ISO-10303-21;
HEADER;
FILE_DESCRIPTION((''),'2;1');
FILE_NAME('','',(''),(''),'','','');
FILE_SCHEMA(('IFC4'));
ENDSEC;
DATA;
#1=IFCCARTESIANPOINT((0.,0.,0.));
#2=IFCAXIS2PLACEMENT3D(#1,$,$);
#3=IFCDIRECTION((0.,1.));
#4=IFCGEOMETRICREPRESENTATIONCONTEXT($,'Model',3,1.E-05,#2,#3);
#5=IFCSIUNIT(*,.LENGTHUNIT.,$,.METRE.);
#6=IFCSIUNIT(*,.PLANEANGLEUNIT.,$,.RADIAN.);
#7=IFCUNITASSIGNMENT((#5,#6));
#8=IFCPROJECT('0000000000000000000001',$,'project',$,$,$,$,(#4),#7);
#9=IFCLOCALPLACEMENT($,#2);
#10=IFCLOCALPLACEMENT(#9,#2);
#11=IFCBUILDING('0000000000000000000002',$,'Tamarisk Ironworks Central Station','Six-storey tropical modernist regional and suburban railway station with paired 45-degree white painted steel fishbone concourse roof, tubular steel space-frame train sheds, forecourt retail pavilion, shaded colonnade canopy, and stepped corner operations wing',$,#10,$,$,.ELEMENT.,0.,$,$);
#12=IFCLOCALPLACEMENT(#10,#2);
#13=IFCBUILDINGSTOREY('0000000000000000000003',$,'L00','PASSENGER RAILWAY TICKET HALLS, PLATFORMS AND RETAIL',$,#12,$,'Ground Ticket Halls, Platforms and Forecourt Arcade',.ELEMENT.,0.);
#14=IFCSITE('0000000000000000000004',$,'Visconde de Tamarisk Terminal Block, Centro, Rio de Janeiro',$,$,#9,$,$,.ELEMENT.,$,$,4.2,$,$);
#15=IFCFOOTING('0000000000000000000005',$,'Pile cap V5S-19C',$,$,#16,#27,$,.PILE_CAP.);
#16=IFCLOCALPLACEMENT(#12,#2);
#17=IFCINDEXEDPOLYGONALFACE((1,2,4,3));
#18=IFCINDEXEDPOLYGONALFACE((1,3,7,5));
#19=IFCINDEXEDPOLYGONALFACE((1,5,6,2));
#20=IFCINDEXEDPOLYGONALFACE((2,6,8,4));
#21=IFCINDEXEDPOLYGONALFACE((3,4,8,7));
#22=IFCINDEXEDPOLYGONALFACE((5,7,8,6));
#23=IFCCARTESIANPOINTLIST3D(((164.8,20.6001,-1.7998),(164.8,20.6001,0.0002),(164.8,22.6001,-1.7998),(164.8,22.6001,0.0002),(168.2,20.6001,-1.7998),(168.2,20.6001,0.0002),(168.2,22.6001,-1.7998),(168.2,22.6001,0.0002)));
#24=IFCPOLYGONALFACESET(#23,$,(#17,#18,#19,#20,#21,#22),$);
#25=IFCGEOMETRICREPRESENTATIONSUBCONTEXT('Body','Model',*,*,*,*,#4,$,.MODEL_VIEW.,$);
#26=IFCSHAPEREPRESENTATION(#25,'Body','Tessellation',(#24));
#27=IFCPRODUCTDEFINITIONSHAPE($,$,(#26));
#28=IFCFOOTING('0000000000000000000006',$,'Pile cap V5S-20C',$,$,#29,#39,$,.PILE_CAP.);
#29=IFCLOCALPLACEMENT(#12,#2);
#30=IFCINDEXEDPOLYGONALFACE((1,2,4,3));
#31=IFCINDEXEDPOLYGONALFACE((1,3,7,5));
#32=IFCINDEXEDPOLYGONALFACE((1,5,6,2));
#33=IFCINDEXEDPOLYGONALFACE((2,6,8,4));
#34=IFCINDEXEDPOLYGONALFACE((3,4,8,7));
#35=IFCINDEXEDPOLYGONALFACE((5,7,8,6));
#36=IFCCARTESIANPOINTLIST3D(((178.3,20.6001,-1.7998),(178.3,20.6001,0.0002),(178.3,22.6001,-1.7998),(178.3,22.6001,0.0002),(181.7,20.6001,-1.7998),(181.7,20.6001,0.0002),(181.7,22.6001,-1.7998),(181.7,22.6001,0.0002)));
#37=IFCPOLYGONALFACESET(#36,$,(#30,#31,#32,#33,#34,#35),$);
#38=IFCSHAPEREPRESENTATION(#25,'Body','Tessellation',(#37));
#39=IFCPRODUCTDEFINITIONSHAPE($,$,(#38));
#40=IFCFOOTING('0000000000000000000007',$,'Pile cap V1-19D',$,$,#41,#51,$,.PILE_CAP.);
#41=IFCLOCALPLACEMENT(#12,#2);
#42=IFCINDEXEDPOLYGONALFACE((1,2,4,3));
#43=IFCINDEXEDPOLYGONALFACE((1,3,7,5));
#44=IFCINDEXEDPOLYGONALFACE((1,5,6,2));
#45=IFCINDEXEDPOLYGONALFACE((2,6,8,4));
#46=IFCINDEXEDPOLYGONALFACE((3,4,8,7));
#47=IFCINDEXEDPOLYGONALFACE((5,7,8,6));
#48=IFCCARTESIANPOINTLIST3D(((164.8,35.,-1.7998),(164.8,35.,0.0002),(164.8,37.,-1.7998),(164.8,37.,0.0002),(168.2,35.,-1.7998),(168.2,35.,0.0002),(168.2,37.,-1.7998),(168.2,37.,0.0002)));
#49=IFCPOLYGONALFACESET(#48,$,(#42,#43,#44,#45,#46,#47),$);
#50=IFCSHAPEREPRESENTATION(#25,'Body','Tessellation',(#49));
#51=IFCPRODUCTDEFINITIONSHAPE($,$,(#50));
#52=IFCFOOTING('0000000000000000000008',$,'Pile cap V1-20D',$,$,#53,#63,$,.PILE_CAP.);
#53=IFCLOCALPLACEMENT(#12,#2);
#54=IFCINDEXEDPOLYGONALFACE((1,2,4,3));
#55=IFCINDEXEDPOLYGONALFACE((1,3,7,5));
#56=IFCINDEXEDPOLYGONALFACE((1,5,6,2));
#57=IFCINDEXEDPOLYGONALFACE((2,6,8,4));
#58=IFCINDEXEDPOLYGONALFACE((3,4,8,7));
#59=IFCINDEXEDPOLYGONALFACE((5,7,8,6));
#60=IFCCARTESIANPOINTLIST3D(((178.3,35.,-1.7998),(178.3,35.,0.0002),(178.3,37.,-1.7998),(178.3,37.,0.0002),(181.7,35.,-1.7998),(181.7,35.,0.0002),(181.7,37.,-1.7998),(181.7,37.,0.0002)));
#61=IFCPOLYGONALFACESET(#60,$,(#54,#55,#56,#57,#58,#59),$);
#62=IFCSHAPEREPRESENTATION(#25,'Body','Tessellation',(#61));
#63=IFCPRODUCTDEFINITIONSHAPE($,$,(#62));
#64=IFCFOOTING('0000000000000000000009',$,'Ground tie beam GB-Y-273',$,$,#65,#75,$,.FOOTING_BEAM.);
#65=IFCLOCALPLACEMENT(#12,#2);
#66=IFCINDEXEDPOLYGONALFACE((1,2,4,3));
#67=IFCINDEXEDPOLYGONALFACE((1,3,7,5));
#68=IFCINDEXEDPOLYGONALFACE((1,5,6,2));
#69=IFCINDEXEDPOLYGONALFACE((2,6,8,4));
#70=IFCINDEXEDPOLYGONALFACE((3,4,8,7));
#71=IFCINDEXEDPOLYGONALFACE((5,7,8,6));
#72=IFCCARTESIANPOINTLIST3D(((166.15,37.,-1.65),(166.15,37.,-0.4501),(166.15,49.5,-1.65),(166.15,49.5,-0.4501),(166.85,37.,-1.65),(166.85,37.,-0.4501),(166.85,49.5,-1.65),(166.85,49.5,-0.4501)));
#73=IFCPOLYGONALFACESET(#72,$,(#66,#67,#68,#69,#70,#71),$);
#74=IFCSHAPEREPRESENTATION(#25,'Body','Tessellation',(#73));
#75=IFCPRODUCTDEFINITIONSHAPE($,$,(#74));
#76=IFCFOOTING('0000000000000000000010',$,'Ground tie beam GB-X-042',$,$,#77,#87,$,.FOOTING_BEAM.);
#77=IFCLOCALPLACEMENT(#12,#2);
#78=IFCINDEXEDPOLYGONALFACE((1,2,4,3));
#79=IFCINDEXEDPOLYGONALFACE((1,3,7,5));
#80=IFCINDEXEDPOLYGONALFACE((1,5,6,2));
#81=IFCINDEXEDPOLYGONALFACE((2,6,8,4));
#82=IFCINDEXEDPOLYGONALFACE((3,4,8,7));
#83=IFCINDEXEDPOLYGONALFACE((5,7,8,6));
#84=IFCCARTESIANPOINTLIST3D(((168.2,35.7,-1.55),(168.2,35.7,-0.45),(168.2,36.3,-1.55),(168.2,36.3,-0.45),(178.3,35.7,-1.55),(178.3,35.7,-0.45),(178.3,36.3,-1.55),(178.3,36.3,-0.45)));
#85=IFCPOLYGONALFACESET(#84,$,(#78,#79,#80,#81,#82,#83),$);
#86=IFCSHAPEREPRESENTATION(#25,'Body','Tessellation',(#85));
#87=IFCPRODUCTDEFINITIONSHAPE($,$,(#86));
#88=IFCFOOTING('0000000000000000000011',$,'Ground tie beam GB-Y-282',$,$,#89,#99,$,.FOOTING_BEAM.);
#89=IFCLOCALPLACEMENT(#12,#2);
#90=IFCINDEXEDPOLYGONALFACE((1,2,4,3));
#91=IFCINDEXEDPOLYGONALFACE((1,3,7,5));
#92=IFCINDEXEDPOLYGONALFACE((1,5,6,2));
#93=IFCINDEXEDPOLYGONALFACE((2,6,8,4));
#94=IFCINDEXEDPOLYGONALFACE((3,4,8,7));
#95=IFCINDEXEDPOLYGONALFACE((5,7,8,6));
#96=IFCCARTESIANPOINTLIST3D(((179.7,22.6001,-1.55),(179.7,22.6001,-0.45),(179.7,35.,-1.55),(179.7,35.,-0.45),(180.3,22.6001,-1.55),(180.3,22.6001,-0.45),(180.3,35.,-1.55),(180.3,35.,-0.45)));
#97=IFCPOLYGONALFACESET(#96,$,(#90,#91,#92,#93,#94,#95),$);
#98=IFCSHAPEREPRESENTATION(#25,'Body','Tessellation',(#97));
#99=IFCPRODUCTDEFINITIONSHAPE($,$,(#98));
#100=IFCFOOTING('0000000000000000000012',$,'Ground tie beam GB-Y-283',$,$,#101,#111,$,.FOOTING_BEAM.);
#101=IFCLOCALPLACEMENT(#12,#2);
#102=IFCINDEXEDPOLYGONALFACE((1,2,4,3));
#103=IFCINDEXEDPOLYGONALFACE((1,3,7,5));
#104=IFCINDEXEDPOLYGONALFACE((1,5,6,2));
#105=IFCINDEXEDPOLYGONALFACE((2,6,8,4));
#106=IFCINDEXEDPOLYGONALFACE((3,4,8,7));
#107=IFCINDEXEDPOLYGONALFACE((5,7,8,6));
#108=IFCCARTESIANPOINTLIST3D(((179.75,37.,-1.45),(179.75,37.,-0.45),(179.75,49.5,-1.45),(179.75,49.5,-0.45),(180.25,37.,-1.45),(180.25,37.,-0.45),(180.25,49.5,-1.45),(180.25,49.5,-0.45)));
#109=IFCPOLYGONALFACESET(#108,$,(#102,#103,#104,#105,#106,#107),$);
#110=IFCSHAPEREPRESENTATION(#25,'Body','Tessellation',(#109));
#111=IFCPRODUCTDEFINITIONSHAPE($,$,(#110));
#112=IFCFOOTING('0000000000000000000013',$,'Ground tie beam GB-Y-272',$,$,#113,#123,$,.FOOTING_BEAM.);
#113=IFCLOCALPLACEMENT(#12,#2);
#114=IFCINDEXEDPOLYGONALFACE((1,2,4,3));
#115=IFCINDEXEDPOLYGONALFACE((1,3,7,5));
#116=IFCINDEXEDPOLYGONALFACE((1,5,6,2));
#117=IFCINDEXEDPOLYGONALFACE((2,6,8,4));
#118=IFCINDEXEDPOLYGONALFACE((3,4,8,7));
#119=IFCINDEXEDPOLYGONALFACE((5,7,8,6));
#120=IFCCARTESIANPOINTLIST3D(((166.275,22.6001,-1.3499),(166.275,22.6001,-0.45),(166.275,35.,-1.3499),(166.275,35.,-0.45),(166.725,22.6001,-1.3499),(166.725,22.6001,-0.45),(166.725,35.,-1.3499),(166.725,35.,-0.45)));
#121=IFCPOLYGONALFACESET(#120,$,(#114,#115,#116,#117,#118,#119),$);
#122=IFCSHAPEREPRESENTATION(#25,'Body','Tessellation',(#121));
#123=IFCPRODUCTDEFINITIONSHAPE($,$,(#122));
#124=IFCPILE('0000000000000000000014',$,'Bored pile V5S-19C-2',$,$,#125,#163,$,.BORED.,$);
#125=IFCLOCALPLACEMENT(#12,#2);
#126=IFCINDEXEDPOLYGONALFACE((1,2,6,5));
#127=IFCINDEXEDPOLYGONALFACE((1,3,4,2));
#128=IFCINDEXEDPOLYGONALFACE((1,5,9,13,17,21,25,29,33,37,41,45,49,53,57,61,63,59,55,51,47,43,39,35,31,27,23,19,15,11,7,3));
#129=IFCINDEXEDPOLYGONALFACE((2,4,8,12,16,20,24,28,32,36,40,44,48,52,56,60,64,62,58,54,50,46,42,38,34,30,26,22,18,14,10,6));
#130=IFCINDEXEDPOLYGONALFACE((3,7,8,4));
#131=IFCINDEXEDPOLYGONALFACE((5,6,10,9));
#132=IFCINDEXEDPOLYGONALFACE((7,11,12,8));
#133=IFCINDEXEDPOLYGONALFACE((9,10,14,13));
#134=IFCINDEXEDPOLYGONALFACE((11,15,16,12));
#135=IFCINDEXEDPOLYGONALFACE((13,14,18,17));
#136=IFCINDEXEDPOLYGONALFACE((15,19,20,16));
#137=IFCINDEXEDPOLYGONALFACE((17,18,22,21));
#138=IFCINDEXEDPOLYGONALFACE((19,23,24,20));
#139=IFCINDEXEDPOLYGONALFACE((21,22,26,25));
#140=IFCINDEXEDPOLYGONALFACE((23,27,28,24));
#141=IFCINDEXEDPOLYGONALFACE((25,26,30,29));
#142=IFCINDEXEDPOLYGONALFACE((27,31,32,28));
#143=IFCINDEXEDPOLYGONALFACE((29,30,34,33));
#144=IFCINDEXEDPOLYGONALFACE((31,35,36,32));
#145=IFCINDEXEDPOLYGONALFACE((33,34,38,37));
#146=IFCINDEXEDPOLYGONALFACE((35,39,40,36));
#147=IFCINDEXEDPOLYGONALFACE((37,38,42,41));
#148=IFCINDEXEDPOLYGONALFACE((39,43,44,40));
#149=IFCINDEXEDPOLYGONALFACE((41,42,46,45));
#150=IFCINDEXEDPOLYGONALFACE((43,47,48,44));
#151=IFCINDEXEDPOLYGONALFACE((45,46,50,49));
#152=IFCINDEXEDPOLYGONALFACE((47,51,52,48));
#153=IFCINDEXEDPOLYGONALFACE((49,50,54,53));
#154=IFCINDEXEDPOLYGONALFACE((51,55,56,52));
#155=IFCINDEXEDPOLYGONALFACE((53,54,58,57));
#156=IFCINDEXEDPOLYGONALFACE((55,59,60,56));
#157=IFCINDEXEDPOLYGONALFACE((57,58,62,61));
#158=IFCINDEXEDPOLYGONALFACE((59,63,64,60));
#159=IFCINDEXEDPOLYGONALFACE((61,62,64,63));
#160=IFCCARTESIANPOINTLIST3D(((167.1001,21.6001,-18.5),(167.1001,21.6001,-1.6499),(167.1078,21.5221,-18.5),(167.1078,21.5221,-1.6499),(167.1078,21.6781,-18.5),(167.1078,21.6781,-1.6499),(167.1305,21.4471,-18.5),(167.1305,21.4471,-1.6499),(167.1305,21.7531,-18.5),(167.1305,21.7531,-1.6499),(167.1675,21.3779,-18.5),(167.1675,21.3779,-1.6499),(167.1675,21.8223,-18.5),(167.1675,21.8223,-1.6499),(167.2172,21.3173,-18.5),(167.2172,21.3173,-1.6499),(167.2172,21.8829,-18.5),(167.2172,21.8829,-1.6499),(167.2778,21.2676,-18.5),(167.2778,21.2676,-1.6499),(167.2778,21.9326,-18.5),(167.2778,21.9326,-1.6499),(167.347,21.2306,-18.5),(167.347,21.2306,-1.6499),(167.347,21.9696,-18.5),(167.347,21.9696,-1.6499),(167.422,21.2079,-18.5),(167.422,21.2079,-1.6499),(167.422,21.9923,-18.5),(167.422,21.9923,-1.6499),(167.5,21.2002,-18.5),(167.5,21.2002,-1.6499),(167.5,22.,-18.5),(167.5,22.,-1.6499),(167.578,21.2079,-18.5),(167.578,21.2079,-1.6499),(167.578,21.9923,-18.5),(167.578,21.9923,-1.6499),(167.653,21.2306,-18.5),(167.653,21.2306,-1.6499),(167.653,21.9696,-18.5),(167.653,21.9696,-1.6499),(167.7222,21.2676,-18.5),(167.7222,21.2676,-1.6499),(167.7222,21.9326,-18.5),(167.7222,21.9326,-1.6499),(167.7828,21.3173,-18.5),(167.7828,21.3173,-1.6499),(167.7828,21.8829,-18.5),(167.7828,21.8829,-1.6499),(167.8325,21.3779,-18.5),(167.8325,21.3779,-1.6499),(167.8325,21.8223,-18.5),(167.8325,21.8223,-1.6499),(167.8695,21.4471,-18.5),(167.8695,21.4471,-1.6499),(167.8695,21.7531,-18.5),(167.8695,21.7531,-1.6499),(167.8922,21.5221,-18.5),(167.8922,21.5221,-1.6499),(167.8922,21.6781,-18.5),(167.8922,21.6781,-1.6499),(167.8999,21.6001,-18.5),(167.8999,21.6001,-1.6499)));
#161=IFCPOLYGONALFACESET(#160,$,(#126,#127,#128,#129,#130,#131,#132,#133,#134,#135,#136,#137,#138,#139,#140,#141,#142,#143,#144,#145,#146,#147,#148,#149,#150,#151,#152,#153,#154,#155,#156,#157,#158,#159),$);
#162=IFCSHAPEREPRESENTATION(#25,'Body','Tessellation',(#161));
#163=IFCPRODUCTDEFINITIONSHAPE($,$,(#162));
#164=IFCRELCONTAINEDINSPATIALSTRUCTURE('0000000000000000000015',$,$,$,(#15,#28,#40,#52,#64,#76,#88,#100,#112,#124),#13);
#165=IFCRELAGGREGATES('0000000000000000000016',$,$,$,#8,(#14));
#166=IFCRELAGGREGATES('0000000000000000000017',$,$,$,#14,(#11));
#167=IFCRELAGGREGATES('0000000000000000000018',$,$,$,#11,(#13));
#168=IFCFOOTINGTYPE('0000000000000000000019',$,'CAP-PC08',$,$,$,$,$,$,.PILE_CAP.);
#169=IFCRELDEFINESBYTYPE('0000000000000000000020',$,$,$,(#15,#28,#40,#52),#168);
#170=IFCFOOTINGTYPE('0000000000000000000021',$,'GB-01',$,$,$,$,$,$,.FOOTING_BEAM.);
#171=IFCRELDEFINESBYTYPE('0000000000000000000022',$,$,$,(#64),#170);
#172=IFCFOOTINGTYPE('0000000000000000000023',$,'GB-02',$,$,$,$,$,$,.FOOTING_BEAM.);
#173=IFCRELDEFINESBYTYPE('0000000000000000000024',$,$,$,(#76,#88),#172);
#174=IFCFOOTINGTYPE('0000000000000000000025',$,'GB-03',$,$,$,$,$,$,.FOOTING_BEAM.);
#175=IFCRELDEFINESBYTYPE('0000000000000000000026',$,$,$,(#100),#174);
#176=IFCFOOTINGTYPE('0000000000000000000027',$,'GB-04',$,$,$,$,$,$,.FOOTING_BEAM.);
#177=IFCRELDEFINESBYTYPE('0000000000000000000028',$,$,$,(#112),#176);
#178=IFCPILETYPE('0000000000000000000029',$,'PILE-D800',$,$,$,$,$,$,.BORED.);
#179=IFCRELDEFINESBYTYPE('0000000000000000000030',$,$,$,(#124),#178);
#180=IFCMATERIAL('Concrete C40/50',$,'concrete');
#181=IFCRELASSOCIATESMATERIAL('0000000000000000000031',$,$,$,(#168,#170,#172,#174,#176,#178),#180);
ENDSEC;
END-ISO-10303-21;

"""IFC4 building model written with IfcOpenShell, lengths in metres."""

from ifc_helpers import new_model, si_unit, direction, frame, origin, origin_2d, place, context, subcontext, project, spatial, rectangle, circle, extrude, material, material_profile, profile_set, type_object, element, save


model = new_model("IFC4")

# Units and contexts
model_context = context("Model", 3, precision=1e-05, world=origin(), true_north=direction((0.0, 1.0)))
body_context = subcontext(model_context, "Body", "Model", "MODEL_VIEW")
ifc_project = project(units=[si_unit("LENGTHUNIT", "METRE"), si_unit("PLANEANGLEUNIT", "RADIAN")], contexts=[model_context])

# Site, building, storey
site_placement = place(None, origin())
site = spatial("IfcSite", under=ifc_project, at=site_placement, Name="Visconde de Tamarisk Terminal Block, Centro, Rio de Janeiro", CompositionType="ELEMENT", RefElevation=4.2)
building_placement = place(site_placement, origin())
building = spatial("IfcBuilding", under=site, at=building_placement, Name="Tamarisk Ironworks Central Station", Description="Six-storey tropical modernist regional and suburban railway station with paired 45-degree white painted steel fishbone concourse roof, tubular steel space-frame train sheds, forecourt retail pavilion, shaded colonnade canopy, and stepped corner operations wing", CompositionType="ELEMENT", ElevationOfRefHeight=0.0)
storey_placement = place(building_placement, origin())
storey = spatial("IfcBuildingStorey", under=building, at=storey_placement, Name="L00", Description="PASSENGER RAILWAY TICKET HALLS, PLATFORMS AND RETAIL", LongName="Ground Ticket Halls, Platforms and Forecourt Arcade", CompositionType="ELEMENT", Elevation=0.0)

# Footings
ifc_material_1 = material(Name="Concrete C40/50", Category="concrete")
footing_type_1 = type_object("IfcFootingType", Name="CAP-PC08", PredefinedType="PILE_CAP", material=ifc_material_1)
for number, where, z_axis, x_axis, name in (
    (1, (166.5, 21.6001, -1.7998), (0.0, 0.0, 1.0), (1.0, 0.0, 0.0), "Pile cap V5S-19C"),
    (2, (180.0, 21.6001, -1.7998), (0.0, 0.0, 1.0), (1.0, 0.0, 0.0), "Pile cap V5S-20C"),
    (3, (166.5, 36.0, -1.7998), (0.0, 0.0, 1.0), (1.0, 0.0, 0.0), "Pile cap V1-19D"),
    (4, (180.0, 36.0, -1.7998), (0.0, 0.0, 1.0), (1.0, 0.0, 0.0), "Pile cap V1-20D"),
):
    element("IfcFooting", number, at=place(storey_placement, frame(where, z_axis=z_axis, x_axis=x_axis)), inside=storey, type_object=footing_type_1, Name=name, PredefinedType="PILE_CAP", context=body_context, shape_type="SweptSolid", body=[
        extrude(rectangle(XDim=3.3999, YDim=2.0, at=origin_2d()), origin(), (0.0, 0.0, 1.0), 1.8),
    ])
ifc_material_profile_1 = material_profile(ifc_material_1, rectangle(XDim=0.7, YDim=1.2, at=origin_2d()), Name="GB01 700x1200")
ifc_profile_set_1 = profile_set([ifc_material_profile_1], Name="Concrete C40/50")
footing_type_2 = type_object("IfcFootingType", Name="GB-01", PredefinedType="FOOTING_BEAM", material=ifc_profile_set_1)
footing_1_placement = place(storey_placement, frame((166.5, 37.0, -1.05), z_axis=(0.0, 1.0, 0.0), x_axis=(-1.0, 0.0, 0.0)))
element("IfcFooting", 5, at=footing_1_placement, inside=storey, type_object=footing_type_2, Name="Ground tie beam GB-Y-273", PredefinedType="FOOTING_BEAM", context=body_context, shape_type="SweptSolid", body=[
    extrude(rectangle(XDim=0.7, YDim=1.2, at=origin_2d()), origin(), (0.0, 0.0, 1.0), 12.5),
])
ifc_material_profile_2 = material_profile(ifc_material_1, rectangle(XDim=0.6001, YDim=1.1001, at=origin_2d()), Name="GB02 600x1100")
ifc_profile_set_2 = profile_set([ifc_material_profile_2], Name="Concrete C40/50")
footing_type_3 = type_object("IfcFootingType", Name="GB-02", PredefinedType="FOOTING_BEAM", material=ifc_profile_set_2)
footing_2_placement = place(storey_placement, frame((168.2, 36.0, -1.0), z_axis=(1.0, 0.0, 0.0), x_axis=(0.0, 1.0, 0.0)))
element("IfcFooting", 6, at=footing_2_placement, inside=storey, type_object=footing_type_3, Name="Ground tie beam GB-X-042", PredefinedType="FOOTING_BEAM", context=body_context, shape_type="SweptSolid", body=[
    extrude(rectangle(XDim=0.6001, YDim=1.1001, at=origin_2d()), origin(), (0.0, 0.0, 1.0), 10.1001),
])
footing_3_placement = place(storey_placement, frame((180.0, 22.6001, -1.0), z_axis=(0.0, 1.0, 0.0), x_axis=(-1.0, 0.0, 0.0)))
element("IfcFooting", 7, at=footing_3_placement, inside=storey, type_object=footing_type_3, Name="Ground tie beam GB-Y-282", PredefinedType="FOOTING_BEAM", context=body_context, shape_type="SweptSolid", body=[
    extrude(rectangle(XDim=0.6001, YDim=1.1001, at=origin_2d()), origin(), (0.0, 0.0, 1.0), 12.3999),
])
ifc_material_profile_3 = material_profile(ifc_material_1, rectangle(XDim=0.5, YDim=1.0, at=origin_2d()), Name="GB03 500x1000")
ifc_profile_set_3 = profile_set([ifc_material_profile_3], Name="Concrete C40/50")
footing_type_4 = type_object("IfcFootingType", Name="GB-03", PredefinedType="FOOTING_BEAM", material=ifc_profile_set_3)
footing_4_placement = place(storey_placement, frame((180.0, 37.0, -0.95), z_axis=(0.0, 1.0, 0.0), x_axis=(-1.0, 0.0, 0.0)))
element("IfcFooting", 8, at=footing_4_placement, inside=storey, type_object=footing_type_4, Name="Ground tie beam GB-Y-283", PredefinedType="FOOTING_BEAM", context=body_context, shape_type="SweptSolid", body=[
    extrude(rectangle(XDim=0.5, YDim=1.0, at=origin_2d()), origin(), (0.0, 0.0, 1.0), 12.5),
])
ifc_material_profile_4 = material_profile(ifc_material_1, rectangle(XDim=0.45, YDim=0.8999, at=origin_2d()), Name="GB04 450x900")
ifc_profile_set_4 = profile_set([ifc_material_profile_4], Name="Concrete C40/50")
footing_type_5 = type_object("IfcFootingType", Name="GB-04", PredefinedType="FOOTING_BEAM", material=ifc_profile_set_4)
footing_5_placement = place(storey_placement, frame((166.5, 22.6001, -0.8999), z_axis=(0.0, 1.0, 0.0), x_axis=(-1.0, 0.0, 0.0)))
element("IfcFooting", 9, at=footing_5_placement, inside=storey, type_object=footing_type_5, Name="Ground tie beam GB-Y-272", PredefinedType="FOOTING_BEAM", context=body_context, shape_type="SweptSolid", body=[
    extrude(rectangle(XDim=0.45, YDim=0.8999, at=origin_2d()), origin(), (0.0, 0.0, 1.0), 12.3999),
])

# Pile
ifc_material_profile_5 = material_profile(ifc_material_1, circle(Radius=0.3999, at=origin_2d()), Name="BORED PILE D800")
ifc_profile_set_5 = profile_set([ifc_material_profile_5], Name="Concrete C40/50")
pile_type = type_object("IfcPileType", Name="PILE-D800", PredefinedType="BORED", material=ifc_profile_set_5)
for number, where, z_axis, x_axis, name in (
    (10, (167.5, 21.6001, -1.6499), (0.0, 0.0, -1.0), (1.0, 0.0, 0.0), "Bored pile V5S-19C-2"),
):
    element("IfcPile", number, at=place(storey_placement, frame(where, z_axis=z_axis, x_axis=x_axis)), inside=storey, type_object=pile_type, Name=name, PredefinedType="BORED", context=body_context, shape_type="SweptSolid", body=[
        extrude(circle(Radius=0.3999, at=origin_2d()), origin(), (0.0, 0.0, 1.0), 16.8501),
    ])

save(model, "model.ifc")
